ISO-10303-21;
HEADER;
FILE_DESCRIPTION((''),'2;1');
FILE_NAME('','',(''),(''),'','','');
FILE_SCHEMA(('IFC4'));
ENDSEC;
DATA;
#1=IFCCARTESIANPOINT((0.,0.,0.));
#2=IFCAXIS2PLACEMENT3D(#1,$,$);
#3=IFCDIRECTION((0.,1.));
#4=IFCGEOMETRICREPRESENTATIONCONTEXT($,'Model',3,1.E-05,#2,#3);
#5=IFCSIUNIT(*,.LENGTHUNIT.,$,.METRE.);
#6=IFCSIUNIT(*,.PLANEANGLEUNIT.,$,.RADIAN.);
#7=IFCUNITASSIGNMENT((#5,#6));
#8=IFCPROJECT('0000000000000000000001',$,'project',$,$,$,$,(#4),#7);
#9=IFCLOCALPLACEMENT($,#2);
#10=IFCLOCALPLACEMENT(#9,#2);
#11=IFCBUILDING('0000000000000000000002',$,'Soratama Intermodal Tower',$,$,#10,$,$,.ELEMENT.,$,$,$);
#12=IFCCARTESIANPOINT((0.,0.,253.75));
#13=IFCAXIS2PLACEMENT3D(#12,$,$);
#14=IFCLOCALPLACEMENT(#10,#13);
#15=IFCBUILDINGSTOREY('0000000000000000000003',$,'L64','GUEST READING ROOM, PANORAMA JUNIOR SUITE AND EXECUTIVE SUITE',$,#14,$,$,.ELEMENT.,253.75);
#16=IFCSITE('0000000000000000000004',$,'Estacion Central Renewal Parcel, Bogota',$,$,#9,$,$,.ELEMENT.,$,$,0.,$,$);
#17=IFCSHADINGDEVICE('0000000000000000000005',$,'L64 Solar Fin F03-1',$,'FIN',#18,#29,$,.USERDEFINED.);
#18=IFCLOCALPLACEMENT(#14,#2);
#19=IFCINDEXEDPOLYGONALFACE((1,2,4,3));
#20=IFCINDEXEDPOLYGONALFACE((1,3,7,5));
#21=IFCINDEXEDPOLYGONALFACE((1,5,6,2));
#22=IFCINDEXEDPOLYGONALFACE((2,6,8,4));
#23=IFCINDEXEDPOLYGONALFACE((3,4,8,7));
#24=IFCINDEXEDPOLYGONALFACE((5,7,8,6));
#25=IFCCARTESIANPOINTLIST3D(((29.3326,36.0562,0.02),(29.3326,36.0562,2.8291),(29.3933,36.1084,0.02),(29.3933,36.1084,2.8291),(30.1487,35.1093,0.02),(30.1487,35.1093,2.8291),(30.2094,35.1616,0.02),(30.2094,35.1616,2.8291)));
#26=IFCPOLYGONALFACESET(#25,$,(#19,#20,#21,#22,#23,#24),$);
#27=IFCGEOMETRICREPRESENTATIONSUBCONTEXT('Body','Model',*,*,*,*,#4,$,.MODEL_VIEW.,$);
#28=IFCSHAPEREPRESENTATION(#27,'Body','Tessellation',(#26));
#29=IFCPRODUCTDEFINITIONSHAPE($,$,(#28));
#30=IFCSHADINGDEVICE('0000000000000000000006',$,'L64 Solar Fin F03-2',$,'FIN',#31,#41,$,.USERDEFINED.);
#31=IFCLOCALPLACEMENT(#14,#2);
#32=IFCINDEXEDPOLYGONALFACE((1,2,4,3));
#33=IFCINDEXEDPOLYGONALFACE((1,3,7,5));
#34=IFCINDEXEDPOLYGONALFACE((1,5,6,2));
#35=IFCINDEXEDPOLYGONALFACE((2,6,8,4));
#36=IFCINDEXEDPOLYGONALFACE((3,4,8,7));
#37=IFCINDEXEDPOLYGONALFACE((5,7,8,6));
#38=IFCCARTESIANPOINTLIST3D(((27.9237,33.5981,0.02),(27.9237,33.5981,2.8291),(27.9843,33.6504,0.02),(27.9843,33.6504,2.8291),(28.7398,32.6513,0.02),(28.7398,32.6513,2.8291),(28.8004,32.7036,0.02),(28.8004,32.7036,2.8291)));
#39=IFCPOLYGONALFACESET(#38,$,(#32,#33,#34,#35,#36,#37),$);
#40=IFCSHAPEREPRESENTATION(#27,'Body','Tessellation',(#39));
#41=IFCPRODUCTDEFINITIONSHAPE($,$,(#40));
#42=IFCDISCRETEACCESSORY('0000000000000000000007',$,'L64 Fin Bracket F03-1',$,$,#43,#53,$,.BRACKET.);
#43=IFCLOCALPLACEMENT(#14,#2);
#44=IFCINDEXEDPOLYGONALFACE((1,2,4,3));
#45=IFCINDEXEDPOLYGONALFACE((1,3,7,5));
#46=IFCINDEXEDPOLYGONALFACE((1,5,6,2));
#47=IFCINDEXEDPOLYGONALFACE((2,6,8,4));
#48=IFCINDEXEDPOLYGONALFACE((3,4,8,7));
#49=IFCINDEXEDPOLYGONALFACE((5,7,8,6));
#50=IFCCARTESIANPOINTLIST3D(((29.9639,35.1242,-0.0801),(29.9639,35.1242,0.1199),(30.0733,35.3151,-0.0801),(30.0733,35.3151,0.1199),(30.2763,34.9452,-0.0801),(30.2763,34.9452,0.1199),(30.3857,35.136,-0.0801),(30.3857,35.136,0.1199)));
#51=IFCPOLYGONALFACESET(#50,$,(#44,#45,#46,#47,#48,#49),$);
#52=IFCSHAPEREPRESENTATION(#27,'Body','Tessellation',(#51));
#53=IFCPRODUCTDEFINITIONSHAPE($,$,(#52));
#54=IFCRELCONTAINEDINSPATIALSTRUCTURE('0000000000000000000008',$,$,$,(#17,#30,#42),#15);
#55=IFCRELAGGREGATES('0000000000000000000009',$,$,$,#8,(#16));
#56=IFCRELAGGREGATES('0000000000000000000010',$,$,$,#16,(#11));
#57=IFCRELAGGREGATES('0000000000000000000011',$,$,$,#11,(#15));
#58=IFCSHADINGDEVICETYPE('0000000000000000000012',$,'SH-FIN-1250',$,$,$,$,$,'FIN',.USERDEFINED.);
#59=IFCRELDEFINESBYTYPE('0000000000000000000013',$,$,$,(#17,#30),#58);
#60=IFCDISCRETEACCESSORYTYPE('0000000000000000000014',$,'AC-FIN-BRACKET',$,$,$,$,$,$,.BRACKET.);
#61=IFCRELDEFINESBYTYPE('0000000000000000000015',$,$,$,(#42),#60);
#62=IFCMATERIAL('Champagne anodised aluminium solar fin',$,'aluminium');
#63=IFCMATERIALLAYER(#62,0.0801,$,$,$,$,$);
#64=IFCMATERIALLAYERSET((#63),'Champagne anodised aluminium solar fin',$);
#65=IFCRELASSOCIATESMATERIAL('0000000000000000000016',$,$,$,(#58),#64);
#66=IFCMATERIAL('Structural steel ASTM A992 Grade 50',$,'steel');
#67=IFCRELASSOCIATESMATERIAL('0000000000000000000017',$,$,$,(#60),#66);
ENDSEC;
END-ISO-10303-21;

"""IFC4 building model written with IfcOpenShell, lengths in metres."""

from ifc_helpers import new_model, si_unit, direction, frame, origin, origin_2d, place, context, subcontext, project, spatial, rectangle, extrude, material, layer, layer_set, type_object, element, save


model = new_model("IFC4")

# Units and contexts
model_context = context("Model", 3, precision=1e-05, world=origin(), true_north=direction((0.0, 1.0)))
body_context = subcontext(model_context, "Body", "Model", "MODEL_VIEW")
ifc_project = project(units=[si_unit("LENGTHUNIT", "METRE"), si_unit("PLANEANGLEUNIT", "RADIAN")], contexts=[model_context])

# Site, building, storey
site_placement = place(None, origin())
site = spatial("IfcSite", under=ifc_project, at=site_placement, Name="Estacion Central Renewal Parcel, Bogota", CompositionType="ELEMENT", RefElevation=0.0)
building_placement = place(site_placement, origin())
building = spatial("IfcBuilding", under=site, at=building_placement, Name="Soratama Intermodal Tower", CompositionType="ELEMENT")
storey_placement = place(building_placement, frame((0.0, 0.0, 253.75)))
storey = spatial("IfcBuildingStorey", under=building, at=storey_placement, Name="L64", Description="GUEST READING ROOM, PANORAMA JUNIOR SUITE AND EXECUTIVE SUITE", CompositionType="ELEMENT", Elevation=253.75)

# Shading devices
ifc_material_1 = material(Name="Champagne anodised aluminium solar fin", Category="aluminium")
ifc_layer_1 = layer(ifc_material_1, 0.0801)
ifc_layer_set_1 = layer_set([ifc_layer_1], Name="Champagne anodised aluminium solar fin")
shading_device_type = type_object("IfcShadingDeviceType", Name="SH-FIN-1250", ElementType="FIN", PredefinedType="USERDEFINED", material=ifc_layer_set_1)
for number, where, z_axis, x_axis, name in (
    (1, (29.771, 35.6089, 0.02), (0.0, 0.0, 1.0), (-0.652892, 0.757451, 0.0), "L64 Solar Fin F03-1"),
    (2, (28.3621, 33.1509, 0.02), (0.0, 0.0, 1.0), (-0.652892, 0.757451, 0.0), "L64 Solar Fin F03-2"),
):
    element("IfcShadingDevice", number, at=place(storey_placement, frame(where, z_axis=z_axis, x_axis=x_axis)), inside=storey, type_object=shading_device_type, Name=name, ObjectType="FIN", PredefinedType="USERDEFINED", context=body_context, shape_type="SweptSolid", body=[
        extrude(rectangle(XDim=1.25, YDim=0.0801, at=origin_2d()), origin(), (0.0, 0.0, 1.0), 2.8091),
    ])

# Discrete accessory
ifc_material_2 = material(Name="Structural steel ASTM A992 Grade 50", Category="steel")
discrete_accessory_type = type_object("IfcDiscreteAccessoryType", Name="AC-FIN-BRACKET", PredefinedType="BRACKET", material=ifc_material_2)
discrete_accessory_placement = place(storey_placement, frame((30.1748, 35.1301, -0.0801), z_axis=(0.0, 0.0, 1.0), x_axis=(-0.867592, 0.497277, 0.0)))
element("IfcDiscreteAccessory", 3, at=discrete_accessory_placement, inside=storey, type_object=discrete_accessory_type, Name="L64 Fin Bracket F03-1", PredefinedType="BRACKET", context=body_context, shape_type="SweptSolid", body=[
    extrude(rectangle(XDim=0.3601, YDim=0.22, at=origin_2d()), origin(), (0.0, 0.0, 1.0), 0.2),
])

save(model, "model.ifc")
